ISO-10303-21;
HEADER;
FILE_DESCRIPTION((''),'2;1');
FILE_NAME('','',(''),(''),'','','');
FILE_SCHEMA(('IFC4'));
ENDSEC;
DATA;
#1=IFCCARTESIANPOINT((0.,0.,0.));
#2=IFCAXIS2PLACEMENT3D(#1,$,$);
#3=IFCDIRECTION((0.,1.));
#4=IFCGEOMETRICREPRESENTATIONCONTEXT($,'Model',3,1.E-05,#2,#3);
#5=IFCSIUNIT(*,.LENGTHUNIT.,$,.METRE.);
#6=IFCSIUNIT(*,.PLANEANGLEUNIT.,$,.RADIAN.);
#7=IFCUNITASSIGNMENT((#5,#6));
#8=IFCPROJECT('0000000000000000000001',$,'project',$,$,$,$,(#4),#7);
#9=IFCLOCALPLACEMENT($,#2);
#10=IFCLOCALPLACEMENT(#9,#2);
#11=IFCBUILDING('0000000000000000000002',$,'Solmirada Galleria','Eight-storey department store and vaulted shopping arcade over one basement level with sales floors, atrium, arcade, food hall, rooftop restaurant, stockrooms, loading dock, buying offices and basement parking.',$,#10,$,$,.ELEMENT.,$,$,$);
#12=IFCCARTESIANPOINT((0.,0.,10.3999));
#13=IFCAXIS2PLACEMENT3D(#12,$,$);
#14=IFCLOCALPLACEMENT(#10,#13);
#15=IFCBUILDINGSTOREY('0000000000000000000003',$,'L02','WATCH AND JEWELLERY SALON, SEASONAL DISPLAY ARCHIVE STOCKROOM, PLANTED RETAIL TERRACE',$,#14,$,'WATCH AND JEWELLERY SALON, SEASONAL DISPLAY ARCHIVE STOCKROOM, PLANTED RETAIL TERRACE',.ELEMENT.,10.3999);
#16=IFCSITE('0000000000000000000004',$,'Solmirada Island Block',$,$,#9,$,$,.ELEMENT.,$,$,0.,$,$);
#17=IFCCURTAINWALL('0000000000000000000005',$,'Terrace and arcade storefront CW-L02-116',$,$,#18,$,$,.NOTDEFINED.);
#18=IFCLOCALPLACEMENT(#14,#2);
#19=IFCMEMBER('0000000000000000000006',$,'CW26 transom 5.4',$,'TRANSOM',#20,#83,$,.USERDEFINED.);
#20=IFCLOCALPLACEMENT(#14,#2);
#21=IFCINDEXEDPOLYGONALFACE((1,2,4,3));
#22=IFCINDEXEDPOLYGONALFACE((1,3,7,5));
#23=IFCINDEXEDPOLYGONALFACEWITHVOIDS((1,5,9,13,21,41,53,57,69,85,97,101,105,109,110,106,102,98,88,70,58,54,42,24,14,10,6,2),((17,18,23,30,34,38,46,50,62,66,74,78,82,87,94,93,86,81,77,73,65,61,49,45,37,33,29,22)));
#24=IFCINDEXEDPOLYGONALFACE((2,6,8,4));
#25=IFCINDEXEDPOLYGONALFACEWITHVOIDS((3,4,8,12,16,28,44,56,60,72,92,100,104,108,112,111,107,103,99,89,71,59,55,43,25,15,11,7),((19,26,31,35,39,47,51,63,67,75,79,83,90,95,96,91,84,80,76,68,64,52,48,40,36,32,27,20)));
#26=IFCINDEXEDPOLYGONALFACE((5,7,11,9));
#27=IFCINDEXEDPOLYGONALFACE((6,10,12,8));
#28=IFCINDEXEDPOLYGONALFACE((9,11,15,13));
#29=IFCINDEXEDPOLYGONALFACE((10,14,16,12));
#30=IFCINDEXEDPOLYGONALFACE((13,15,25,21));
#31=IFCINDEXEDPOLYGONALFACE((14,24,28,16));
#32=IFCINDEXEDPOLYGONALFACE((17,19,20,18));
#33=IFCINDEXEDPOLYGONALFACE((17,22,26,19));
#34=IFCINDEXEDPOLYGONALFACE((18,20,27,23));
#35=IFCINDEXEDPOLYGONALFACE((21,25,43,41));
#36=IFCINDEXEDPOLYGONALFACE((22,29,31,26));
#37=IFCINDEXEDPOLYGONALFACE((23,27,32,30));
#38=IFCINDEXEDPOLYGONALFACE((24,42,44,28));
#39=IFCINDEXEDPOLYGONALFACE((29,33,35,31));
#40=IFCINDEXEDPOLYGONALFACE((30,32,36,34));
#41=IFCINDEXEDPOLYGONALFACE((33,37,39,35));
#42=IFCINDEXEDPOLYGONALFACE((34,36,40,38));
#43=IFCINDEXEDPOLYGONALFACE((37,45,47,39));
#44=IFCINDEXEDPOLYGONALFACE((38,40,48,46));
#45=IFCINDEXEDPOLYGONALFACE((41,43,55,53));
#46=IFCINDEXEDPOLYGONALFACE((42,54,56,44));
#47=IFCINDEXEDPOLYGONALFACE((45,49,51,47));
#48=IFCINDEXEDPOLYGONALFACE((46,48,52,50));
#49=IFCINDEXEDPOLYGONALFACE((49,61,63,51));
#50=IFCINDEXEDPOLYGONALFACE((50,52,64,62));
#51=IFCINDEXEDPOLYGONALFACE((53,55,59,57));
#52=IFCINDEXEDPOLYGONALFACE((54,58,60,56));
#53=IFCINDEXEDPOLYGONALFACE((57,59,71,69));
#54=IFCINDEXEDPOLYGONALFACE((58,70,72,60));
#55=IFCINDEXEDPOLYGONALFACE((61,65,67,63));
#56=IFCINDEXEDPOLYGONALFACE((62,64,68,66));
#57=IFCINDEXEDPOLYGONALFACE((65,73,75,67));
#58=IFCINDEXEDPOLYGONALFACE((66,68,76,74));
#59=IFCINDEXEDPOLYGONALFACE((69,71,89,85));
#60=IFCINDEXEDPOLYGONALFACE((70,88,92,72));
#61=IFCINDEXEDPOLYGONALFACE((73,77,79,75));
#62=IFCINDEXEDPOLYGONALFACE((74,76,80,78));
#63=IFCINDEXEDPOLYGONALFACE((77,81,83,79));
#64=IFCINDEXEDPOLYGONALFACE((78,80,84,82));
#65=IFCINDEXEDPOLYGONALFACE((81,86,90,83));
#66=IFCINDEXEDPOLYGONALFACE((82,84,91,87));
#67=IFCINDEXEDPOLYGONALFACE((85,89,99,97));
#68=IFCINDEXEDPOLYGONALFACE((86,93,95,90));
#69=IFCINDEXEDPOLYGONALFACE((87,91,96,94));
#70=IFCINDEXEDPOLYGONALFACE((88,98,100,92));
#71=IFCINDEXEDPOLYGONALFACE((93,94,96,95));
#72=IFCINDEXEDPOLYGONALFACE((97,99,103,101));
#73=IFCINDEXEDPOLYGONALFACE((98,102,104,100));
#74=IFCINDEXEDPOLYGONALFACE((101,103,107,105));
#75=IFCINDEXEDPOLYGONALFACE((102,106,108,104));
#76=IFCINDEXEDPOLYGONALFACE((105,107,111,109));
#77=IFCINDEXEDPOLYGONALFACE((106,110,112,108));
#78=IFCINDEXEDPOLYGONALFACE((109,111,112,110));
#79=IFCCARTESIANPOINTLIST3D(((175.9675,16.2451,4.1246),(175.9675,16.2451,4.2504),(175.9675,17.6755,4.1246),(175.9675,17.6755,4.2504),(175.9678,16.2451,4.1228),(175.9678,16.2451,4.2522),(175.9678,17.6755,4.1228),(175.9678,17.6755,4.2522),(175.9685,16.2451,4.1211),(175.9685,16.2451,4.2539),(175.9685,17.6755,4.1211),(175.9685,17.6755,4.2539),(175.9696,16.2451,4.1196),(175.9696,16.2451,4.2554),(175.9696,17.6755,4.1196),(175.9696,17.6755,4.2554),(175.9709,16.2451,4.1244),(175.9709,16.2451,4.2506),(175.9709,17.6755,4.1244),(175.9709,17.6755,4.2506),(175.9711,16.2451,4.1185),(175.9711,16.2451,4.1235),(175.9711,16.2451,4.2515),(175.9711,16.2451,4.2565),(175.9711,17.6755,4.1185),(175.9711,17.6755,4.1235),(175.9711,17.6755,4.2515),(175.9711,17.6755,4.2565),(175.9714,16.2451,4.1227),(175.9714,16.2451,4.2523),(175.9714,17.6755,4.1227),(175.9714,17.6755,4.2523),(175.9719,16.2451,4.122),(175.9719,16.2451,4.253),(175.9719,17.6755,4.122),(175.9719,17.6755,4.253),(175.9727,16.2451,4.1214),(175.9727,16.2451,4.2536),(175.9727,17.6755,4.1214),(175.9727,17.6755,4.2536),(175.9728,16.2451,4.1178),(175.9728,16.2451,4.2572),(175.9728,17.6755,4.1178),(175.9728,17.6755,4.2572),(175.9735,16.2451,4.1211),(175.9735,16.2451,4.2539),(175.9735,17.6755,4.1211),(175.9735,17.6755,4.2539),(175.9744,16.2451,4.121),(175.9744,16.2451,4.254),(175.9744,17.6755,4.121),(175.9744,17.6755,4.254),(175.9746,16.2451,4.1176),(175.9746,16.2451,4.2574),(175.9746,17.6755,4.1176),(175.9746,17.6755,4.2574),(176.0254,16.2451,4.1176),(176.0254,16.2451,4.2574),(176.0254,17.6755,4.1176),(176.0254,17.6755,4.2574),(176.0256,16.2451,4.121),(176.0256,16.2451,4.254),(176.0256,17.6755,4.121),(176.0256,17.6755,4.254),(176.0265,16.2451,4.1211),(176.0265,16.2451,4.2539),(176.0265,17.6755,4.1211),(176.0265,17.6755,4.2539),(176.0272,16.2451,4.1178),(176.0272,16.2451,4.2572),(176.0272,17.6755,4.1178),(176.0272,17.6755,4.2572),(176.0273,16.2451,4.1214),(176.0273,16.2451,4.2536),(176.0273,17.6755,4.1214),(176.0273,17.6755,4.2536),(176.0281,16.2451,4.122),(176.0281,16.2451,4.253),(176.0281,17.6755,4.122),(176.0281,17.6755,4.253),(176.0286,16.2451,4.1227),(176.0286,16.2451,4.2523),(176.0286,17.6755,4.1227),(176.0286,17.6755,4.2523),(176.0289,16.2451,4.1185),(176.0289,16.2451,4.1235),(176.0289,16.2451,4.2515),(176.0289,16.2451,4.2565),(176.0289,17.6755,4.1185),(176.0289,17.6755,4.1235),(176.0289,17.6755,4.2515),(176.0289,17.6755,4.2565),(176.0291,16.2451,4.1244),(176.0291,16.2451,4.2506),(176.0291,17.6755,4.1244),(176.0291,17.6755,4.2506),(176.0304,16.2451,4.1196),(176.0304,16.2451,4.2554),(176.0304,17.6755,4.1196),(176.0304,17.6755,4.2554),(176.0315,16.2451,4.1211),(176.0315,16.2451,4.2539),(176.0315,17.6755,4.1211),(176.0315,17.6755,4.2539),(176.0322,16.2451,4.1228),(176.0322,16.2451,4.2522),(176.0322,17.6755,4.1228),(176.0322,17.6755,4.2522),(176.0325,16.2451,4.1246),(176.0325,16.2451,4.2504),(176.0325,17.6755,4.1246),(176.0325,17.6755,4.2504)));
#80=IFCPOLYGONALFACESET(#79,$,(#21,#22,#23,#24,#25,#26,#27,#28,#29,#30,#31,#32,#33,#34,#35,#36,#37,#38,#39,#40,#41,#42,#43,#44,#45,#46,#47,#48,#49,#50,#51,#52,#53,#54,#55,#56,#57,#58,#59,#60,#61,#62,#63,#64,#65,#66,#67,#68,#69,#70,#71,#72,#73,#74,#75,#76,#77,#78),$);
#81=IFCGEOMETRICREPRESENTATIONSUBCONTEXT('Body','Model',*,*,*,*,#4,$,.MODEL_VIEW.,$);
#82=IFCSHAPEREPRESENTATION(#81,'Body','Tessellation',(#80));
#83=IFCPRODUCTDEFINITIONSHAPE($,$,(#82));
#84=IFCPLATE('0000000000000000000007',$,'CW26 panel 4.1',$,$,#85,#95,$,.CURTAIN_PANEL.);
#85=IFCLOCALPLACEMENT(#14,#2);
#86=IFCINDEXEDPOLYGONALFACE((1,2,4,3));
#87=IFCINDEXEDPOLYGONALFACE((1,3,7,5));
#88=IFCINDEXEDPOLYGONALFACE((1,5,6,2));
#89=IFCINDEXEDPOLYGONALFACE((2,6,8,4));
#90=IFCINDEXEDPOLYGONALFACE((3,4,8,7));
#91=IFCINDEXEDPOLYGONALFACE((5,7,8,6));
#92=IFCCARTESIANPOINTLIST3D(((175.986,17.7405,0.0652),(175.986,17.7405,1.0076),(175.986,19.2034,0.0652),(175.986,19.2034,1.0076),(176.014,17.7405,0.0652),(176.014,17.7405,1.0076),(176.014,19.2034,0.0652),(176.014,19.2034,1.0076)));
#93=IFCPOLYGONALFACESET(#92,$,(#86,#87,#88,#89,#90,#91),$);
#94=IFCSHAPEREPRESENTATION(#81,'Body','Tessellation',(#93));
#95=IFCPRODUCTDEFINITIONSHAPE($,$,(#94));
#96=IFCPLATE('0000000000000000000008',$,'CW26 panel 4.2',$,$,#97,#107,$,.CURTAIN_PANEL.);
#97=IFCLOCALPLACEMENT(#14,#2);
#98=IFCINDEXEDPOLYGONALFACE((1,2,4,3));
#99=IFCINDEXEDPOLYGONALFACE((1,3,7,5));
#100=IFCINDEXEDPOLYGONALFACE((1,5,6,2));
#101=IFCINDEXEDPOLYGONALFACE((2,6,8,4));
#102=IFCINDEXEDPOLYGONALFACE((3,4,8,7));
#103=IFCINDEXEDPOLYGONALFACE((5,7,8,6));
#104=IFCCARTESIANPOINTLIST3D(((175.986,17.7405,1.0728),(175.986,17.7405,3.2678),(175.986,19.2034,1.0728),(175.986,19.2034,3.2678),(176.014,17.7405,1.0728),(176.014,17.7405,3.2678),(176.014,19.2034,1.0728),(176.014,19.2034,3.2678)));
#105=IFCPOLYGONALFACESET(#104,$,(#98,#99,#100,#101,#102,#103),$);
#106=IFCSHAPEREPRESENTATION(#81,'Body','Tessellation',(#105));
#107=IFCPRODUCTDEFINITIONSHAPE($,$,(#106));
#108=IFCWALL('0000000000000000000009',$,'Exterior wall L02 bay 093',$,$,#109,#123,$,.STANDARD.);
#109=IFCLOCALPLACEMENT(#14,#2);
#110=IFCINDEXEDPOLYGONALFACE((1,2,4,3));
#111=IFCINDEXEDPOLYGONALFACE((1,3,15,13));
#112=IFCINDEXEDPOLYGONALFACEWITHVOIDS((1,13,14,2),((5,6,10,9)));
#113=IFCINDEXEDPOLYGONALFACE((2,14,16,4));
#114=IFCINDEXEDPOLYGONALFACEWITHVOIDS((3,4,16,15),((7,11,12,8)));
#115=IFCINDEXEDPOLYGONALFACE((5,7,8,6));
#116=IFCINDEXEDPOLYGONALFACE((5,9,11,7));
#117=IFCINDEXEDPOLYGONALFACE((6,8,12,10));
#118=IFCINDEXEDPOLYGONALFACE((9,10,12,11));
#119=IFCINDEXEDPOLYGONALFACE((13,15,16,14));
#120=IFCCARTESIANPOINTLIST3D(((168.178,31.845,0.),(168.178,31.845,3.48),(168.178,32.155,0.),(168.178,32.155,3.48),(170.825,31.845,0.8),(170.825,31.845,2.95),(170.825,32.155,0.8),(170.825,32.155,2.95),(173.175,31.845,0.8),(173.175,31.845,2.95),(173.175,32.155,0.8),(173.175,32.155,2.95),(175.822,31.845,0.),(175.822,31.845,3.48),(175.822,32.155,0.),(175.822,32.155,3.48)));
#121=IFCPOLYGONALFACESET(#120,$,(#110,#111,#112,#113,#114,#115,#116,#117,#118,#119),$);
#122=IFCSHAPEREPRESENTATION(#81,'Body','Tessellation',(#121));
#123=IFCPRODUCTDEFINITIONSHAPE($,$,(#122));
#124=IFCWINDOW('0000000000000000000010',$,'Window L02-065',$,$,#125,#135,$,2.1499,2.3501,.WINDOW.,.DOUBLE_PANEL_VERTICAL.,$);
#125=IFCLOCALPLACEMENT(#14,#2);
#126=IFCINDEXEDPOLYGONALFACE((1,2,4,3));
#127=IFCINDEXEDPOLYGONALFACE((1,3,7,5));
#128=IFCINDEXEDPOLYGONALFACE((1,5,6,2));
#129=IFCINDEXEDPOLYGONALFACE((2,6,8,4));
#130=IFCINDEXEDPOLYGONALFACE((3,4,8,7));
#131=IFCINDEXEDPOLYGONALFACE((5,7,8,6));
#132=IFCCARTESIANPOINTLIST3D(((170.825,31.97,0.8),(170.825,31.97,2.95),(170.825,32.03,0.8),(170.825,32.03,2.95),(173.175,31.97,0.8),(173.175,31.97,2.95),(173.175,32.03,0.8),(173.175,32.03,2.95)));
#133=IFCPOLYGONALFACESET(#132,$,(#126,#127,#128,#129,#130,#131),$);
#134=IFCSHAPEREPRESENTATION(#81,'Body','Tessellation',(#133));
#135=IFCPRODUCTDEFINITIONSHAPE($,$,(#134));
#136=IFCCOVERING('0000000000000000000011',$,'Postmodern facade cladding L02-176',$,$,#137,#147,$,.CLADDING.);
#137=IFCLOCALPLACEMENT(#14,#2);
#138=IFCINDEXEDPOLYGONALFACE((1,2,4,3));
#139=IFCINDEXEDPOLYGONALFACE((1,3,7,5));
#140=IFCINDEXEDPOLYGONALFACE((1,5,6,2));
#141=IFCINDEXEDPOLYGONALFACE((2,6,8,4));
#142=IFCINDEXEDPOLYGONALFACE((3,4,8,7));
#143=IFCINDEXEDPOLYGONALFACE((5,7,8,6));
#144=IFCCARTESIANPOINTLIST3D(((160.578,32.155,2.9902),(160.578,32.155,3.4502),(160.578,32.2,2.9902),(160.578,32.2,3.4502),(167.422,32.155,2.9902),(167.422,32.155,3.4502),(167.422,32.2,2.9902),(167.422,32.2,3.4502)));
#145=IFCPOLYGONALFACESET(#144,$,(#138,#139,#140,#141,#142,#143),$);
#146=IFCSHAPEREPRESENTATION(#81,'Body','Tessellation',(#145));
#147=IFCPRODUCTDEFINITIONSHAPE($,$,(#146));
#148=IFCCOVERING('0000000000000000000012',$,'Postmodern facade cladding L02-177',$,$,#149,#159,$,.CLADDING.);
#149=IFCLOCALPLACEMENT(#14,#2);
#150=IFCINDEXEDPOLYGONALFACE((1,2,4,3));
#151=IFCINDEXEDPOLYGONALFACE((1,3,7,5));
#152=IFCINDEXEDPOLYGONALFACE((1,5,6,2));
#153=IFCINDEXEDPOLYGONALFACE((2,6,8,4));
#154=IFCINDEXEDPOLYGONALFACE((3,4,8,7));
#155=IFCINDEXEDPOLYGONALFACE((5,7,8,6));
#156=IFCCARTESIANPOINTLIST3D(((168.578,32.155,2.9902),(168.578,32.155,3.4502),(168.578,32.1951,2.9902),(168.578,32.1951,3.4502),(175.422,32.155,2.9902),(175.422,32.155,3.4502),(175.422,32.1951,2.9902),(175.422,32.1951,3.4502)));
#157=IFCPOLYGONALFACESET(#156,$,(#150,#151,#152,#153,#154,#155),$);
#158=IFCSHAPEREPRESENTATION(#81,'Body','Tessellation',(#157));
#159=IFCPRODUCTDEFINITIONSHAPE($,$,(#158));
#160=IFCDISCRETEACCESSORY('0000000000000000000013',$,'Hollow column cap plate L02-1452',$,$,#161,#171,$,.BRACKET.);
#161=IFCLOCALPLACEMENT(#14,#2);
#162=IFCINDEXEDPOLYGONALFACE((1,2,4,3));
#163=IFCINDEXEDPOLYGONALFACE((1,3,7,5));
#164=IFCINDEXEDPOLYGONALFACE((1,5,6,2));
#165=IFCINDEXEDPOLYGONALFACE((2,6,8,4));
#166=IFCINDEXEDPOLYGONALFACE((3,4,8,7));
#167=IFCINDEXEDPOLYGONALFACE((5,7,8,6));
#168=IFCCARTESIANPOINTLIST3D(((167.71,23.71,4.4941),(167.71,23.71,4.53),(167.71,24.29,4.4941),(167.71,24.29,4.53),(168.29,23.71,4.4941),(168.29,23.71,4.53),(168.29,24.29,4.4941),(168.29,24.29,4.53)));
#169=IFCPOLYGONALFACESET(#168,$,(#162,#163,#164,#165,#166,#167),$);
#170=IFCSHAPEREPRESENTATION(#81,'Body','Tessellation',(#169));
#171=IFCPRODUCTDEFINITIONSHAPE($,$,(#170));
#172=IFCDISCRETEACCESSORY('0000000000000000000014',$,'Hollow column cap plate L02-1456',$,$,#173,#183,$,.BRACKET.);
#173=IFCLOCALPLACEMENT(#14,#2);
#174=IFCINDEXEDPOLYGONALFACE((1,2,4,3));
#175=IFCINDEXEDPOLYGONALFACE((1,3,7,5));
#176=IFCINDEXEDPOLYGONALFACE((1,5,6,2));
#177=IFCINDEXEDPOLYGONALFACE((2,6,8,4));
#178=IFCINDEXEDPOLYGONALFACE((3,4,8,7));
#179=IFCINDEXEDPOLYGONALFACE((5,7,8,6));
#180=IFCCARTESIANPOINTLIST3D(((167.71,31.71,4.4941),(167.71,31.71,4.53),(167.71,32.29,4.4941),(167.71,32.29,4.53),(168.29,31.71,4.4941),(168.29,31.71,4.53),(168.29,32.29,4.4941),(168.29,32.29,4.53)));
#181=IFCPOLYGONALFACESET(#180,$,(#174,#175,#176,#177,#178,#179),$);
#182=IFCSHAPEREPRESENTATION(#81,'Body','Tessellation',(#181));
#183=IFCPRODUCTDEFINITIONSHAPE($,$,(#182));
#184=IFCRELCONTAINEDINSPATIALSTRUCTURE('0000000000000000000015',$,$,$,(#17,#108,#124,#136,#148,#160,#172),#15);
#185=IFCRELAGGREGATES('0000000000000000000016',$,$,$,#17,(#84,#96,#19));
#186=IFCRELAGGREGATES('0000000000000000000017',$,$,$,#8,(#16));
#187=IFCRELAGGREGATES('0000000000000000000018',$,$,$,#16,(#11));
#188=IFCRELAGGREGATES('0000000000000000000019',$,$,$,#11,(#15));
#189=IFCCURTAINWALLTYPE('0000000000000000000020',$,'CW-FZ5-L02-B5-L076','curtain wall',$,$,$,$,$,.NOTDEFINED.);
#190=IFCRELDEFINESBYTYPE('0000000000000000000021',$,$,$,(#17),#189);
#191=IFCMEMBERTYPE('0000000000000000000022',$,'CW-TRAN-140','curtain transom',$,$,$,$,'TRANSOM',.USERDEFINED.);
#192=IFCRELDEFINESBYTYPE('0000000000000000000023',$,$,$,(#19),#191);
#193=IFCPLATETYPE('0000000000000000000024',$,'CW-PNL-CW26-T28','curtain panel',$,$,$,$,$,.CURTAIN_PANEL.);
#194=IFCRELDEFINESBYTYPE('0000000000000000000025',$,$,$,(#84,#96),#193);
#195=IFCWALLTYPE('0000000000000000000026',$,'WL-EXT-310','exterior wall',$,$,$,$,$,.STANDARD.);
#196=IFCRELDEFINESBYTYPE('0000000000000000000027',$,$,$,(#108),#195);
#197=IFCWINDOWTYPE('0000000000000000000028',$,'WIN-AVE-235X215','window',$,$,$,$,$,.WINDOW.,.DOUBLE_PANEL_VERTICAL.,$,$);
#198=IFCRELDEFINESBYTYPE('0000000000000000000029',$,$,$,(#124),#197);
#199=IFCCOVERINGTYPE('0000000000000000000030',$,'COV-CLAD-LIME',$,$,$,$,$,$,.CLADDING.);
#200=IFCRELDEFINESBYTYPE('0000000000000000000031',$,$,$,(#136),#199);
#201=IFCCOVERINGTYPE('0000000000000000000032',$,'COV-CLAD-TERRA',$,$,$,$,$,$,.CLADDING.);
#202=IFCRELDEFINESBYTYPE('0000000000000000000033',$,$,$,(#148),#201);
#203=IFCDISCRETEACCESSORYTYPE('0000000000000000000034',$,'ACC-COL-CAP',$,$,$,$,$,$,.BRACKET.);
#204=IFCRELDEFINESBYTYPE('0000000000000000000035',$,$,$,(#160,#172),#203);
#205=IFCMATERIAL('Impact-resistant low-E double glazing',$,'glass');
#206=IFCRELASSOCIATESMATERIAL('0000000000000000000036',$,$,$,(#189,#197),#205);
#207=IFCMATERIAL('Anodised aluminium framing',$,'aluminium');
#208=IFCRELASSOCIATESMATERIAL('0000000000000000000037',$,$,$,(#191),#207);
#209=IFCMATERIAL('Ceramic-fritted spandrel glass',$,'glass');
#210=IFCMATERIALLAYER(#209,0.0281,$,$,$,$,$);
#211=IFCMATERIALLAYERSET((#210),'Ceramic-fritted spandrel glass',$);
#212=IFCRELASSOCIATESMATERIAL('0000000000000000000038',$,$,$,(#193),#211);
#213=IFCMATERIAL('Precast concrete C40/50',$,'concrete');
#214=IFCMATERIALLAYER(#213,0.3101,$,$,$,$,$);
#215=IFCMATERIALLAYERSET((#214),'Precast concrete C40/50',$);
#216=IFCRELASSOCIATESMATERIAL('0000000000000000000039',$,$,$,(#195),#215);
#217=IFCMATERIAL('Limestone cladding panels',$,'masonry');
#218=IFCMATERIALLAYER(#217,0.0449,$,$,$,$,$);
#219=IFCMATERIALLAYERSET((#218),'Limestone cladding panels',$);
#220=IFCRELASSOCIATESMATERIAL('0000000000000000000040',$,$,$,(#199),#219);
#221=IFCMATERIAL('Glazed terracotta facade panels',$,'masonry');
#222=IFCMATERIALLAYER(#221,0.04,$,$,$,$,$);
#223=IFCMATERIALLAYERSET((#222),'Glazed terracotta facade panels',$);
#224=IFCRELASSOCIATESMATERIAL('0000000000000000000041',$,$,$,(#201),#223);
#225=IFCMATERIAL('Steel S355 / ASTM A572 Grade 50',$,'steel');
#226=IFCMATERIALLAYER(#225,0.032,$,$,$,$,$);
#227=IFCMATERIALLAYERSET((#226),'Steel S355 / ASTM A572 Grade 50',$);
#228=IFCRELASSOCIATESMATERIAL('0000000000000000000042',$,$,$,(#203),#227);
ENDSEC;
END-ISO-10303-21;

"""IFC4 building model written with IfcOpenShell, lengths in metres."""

from ifc_helpers import new_model, si_unit, direction, frame, frame_2d, origin, origin_2d, place, context, subcontext, project, spatial, rectangle, hollow_rectangle, extrude, material, layer, layer_set, material_profile, profile_set, type_object, element, fill, aggregate, save


model = new_model("IFC4")

# Units and contexts
model_context = context("Model", 3, precision=1e-05, world=origin(), true_north=direction((0.0, 1.0)))
body_context = subcontext(model_context, "Body", "Model", "MODEL_VIEW")
ifc_project = project(units=[si_unit("LENGTHUNIT", "METRE"), si_unit("PLANEANGLEUNIT", "RADIAN")], contexts=[model_context])

# Site, building, storey
site_placement = place(None, origin())
site = spatial("IfcSite", under=ifc_project, at=site_placement, Name="Solmirada Island Block", CompositionType="ELEMENT", RefElevation=0.0)
building_placement = place(site_placement, origin())
building = spatial("IfcBuilding", under=site, at=building_placement, Name="Solmirada Galleria", Description="Eight-storey department store and vaulted shopping arcade over one basement level with sales floors, atrium, arcade, food hall, rooftop restaurant, stockrooms, loading dock, buying offices and basement parking.", CompositionType="ELEMENT")
storey_placement = place(building_placement, frame((0.0, 0.0, 10.3999)))
storey = spatial("IfcBuildingStorey", under=building, at=storey_placement, Name="L02", Description="WATCH AND JEWELLERY SALON, SEASONAL DISPLAY ARCHIVE STOCKROOM, PLANTED RETAIL TERRACE", LongName="WATCH AND JEWELLERY SALON, SEASONAL DISPLAY ARCHIVE STOCKROOM, PLANTED RETAIL TERRACE", CompositionType="ELEMENT", Elevation=10.3999)

# Curtain wall, member, plates
ifc_material_1 = material(Name="Impact-resistant low-E double glazing", Category="glass")
curtain_wall_type = type_object("IfcCurtainWallType", Name="CW-FZ5-L02-B5-L076", Description="curtain wall", PredefinedType="NOTDEFINED", material=ifc_material_1)
curtain_wall_placement = place(storey_placement, origin())
curtain_wall = element("IfcCurtainWall", 1, at=curtain_wall_placement, inside=storey, type_object=curtain_wall_type, Name="Terrace and arcade storefront CW-L02-116", PredefinedType="NOTDEFINED")
ifc_material_2 = material(Name="Anodised aluminium framing", Category="aluminium")
ifc_material_profile_1 = material_profile(ifc_material_2, hollow_rectangle(XDim=0.0649, YDim=0.1399, WallThickness=0.0034, InnerFilletRadius=0.0034, OuterFilletRadius=0.0071, at=origin_2d()), Name="ALU-TRAN-140X65")
ifc_profile_set_1 = profile_set([ifc_material_profile_1], Name="Anodised aluminium framing")
member_type_1 = type_object("IfcMemberType", Name="CW-TRAN-140", Description="curtain transom", ElementType="TRANSOM", PredefinedType="USERDEFINED", material=ifc_profile_set_1)
member_1_placement = place(storey_placement, frame((176.0, 17.6755, 4.1875), z_axis=(0.0, -1.0, 0.0), x_axis=(1.0, 0.0, 0.0)))
member_1 = element("IfcMember", 2, at=member_1_placement, type_object=member_type_1, Name="CW26 transom 5.4", ObjectType="TRANSOM", PredefinedType="USERDEFINED", context=body_context, shape_type="SweptSolid", body=[
    extrude(hollow_rectangle(XDim=0.0649, YDim=0.1399, WallThickness=0.0034, InnerFilletRadius=0.0034, OuterFilletRadius=0.0071, at=origin_2d()), origin(), (0.0, 0.0, 1.0), 1.4304),
])
ifc_material_3 = material(Name="Ceramic-fritted spandrel glass", Category="glass")
ifc_layer_1 = layer(ifc_material_3, 0.0281)
ifc_layer_set_1 = layer_set([ifc_layer_1], Name="Ceramic-fritted spandrel glass")
plate_type = type_object("IfcPlateType", Name="CW-PNL-CW26-T28", Description="curtain panel", PredefinedType="CURTAIN_PANEL", material=ifc_layer_set_1)
plate_1_placement = place(storey_placement, frame((176.0, 18.4719, 0.0652), z_axis=(0.0, 0.0, 1.0), x_axis=(0.0, -1.0, 0.0)))
plate_1 = element("IfcPlate", 3, at=plate_1_placement, type_object=plate_type, Name="CW26 panel 4.1", PredefinedType="CURTAIN_PANEL", context=body_context, shape_type="SweptSolid", body=[
    extrude(rectangle(XDim=1.4629, YDim=0.0281, at=origin_2d()), origin(), (0.0, 0.0, 1.0), 0.9424),
])
plate_2_placement = place(storey_placement, frame((176.0, 18.4719, 1.0728), z_axis=(0.0, 0.0, 1.0), x_axis=(0.0, -1.0, 0.0)))
plate_2 = element("IfcPlate", 4, at=plate_2_placement, type_object=plate_type, Name="CW26 panel 4.2", PredefinedType="CURTAIN_PANEL", context=body_context, shape_type="SweptSolid", body=[
    extrude(rectangle(XDim=1.4629, YDim=0.0281, at=origin_2d()), origin(), (0.0, 0.0, 1.0), 2.1951),
])
aggregate(curtain_wall, [plate_1, plate_2, member_1])

# Wall, opening, window
ifc_material_4 = material(Name="Precast concrete C40/50", Category="concrete")
ifc_layer_2 = layer(ifc_material_4, 0.3101)
ifc_layer_set_2 = layer_set([ifc_layer_2], Name="Precast concrete C40/50")
wall_type = type_object("IfcWallType", Name="WL-EXT-310", Description="exterior wall", PredefinedType="STANDARD", material=ifc_layer_set_2)
wall_placement = place(storey_placement, frame((168.178, 32.0, 0.0), z_axis=(0.0, 0.0, 1.0), x_axis=(1.0, 0.0, 0.0)))
wall = element("IfcWall", 5, at=wall_placement, inside=storey, type_object=wall_type, Name="Exterior wall L02 bay 093", PredefinedType="STANDARD", context=body_context, shape_type="SweptSolid", body=[
    extrude(rectangle(XDim=7.644, YDim=0.3101, at=frame_2d((3.822, 0.0))), origin(), (0.0, 0.0, 1.0), 3.48),
])
opening_placement = place(wall_placement, frame((2.647, 0.0, 0.8)))
opening = element("IfcOpeningElement", 6, at=opening_placement, cuts=wall, PredefinedType="OPENING", context=body_context, shape_type="SweptSolid", body=[
    extrude(rectangle(XDim=2.3501, YDim=2.1499, at=frame_2d((1.175, 1.075))), frame((0.0, 0.165, 0.0), z_axis=(0.0, -1.0, 0.0), x_axis=(1.0, 0.0, 0.0)), (0.0, 0.0, 1.0), 0.3301),
])
window_type = type_object("IfcWindowType", Name="WIN-AVE-235X215", Description="window", PartitioningType="DOUBLE_PANEL_VERTICAL", PredefinedType="WINDOW", material=ifc_material_1)
window_placement = place(opening_placement, origin())
window = element("IfcWindow", 7, at=window_placement, inside=storey, type_object=window_type, Name="Window L02-065", OverallHeight=2.1499, OverallWidth=2.3501, PartitioningType="DOUBLE_PANEL_VERTICAL", PredefinedType="WINDOW", context=body_context, shape_type="SweptSolid", body=[
    extrude(rectangle(XDim=2.3501, YDim=2.1499, at=frame_2d((1.175, 1.075))), frame((0.0, 0.03, 0.0), z_axis=(0.0, -1.0, 0.0), x_axis=(1.0, 0.0, 0.0)), (0.0, 0.0, 1.0), 0.0601),
])
fill(opening, window)

# Coverings
ifc_material_5 = material(Name="Limestone cladding panels", Category="masonry")
ifc_layer_3 = layer(ifc_material_5, 0.0449)
ifc_layer_set_3 = layer_set([ifc_layer_3], Name="Limestone cladding panels")
covering_type_1 = type_object("IfcCoveringType", Name="COV-CLAD-LIME", PredefinedType="CLADDING", material=ifc_layer_set_3)
covering_1_placement = place(storey_placement, frame((164.0, 32.1775, 2.9902), z_axis=(0.0, 0.0, 1.0), x_axis=(1.0, 0.0, 0.0)))
element("IfcCovering", 8, at=covering_1_placement, inside=storey, type_object=covering_type_1, Name="Postmodern facade cladding L02-176", PredefinedType="CLADDING", context=body_context, shape_type="SweptSolid", body=[
    extrude(rectangle(XDim=6.844, YDim=0.0449, at=origin_2d()), origin(), (0.0, 0.0, 1.0), 0.46),
])
ifc_material_6 = material(Name="Glazed terracotta facade panels", Category="masonry")
ifc_layer_4 = layer(ifc_material_6, 0.04)
ifc_layer_set_4 = layer_set([ifc_layer_4], Name="Glazed terracotta facade panels")
covering_type_2 = type_object("IfcCoveringType", Name="COV-CLAD-TERRA", PredefinedType="CLADDING", material=ifc_layer_set_4)
covering_2_placement = place(storey_placement, frame((172.0, 32.175, 2.9902), z_axis=(0.0, 0.0, 1.0), x_axis=(1.0, 0.0, 0.0)))
element("IfcCovering", 9, at=covering_2_placement, inside=storey, type_object=covering_type_2, Name="Postmodern facade cladding L02-177", PredefinedType="CLADDING", context=body_context, shape_type="SweptSolid", body=[
    extrude(rectangle(XDim=6.844, YDim=0.04, at=origin_2d()), origin(), (0.0, 0.0, 1.0), 0.46),
])

# Discrete accessories
ifc_material_7 = material(Name="Steel S355 / ASTM A572 Grade 50", Category="steel")
ifc_layer_5 = layer(ifc_material_7, 0.032)
ifc_layer_set_5 = layer_set([ifc_layer_5], Name="Steel S355 / ASTM A572 Grade 50")
discrete_accessory_type = type_object("IfcDiscreteAccessoryType", Name="ACC-COL-CAP", PredefinedType="BRACKET", material=ifc_layer_set_5)
for number, where, z_axis, x_axis, name in (
    (10, (168.0, 24.0, 4.4941), (0.0, 0.0, 1.0), (1.0, 0.0, 0.0), "Hollow column cap plate L02-1452"),
    (11, (168.0, 32.0, 4.4941), (0.0, 0.0, 1.0), (1.0, 0.0, 0.0), "Hollow column cap plate L02-1456"),
):
    element("IfcDiscreteAccessory", number, at=place(storey_placement, frame(where, z_axis=z_axis, x_axis=x_axis)), inside=storey, type_object=discrete_accessory_type, Name=name, PredefinedType="BRACKET", context=body_context, shape_type="SweptSolid", body=[
        extrude(rectangle(XDim=0.5801, YDim=0.5801, at=origin_2d()), origin(), (0.0, 0.0, 1.0), 0.0359),
    ])

save(model, "model.ifc")
